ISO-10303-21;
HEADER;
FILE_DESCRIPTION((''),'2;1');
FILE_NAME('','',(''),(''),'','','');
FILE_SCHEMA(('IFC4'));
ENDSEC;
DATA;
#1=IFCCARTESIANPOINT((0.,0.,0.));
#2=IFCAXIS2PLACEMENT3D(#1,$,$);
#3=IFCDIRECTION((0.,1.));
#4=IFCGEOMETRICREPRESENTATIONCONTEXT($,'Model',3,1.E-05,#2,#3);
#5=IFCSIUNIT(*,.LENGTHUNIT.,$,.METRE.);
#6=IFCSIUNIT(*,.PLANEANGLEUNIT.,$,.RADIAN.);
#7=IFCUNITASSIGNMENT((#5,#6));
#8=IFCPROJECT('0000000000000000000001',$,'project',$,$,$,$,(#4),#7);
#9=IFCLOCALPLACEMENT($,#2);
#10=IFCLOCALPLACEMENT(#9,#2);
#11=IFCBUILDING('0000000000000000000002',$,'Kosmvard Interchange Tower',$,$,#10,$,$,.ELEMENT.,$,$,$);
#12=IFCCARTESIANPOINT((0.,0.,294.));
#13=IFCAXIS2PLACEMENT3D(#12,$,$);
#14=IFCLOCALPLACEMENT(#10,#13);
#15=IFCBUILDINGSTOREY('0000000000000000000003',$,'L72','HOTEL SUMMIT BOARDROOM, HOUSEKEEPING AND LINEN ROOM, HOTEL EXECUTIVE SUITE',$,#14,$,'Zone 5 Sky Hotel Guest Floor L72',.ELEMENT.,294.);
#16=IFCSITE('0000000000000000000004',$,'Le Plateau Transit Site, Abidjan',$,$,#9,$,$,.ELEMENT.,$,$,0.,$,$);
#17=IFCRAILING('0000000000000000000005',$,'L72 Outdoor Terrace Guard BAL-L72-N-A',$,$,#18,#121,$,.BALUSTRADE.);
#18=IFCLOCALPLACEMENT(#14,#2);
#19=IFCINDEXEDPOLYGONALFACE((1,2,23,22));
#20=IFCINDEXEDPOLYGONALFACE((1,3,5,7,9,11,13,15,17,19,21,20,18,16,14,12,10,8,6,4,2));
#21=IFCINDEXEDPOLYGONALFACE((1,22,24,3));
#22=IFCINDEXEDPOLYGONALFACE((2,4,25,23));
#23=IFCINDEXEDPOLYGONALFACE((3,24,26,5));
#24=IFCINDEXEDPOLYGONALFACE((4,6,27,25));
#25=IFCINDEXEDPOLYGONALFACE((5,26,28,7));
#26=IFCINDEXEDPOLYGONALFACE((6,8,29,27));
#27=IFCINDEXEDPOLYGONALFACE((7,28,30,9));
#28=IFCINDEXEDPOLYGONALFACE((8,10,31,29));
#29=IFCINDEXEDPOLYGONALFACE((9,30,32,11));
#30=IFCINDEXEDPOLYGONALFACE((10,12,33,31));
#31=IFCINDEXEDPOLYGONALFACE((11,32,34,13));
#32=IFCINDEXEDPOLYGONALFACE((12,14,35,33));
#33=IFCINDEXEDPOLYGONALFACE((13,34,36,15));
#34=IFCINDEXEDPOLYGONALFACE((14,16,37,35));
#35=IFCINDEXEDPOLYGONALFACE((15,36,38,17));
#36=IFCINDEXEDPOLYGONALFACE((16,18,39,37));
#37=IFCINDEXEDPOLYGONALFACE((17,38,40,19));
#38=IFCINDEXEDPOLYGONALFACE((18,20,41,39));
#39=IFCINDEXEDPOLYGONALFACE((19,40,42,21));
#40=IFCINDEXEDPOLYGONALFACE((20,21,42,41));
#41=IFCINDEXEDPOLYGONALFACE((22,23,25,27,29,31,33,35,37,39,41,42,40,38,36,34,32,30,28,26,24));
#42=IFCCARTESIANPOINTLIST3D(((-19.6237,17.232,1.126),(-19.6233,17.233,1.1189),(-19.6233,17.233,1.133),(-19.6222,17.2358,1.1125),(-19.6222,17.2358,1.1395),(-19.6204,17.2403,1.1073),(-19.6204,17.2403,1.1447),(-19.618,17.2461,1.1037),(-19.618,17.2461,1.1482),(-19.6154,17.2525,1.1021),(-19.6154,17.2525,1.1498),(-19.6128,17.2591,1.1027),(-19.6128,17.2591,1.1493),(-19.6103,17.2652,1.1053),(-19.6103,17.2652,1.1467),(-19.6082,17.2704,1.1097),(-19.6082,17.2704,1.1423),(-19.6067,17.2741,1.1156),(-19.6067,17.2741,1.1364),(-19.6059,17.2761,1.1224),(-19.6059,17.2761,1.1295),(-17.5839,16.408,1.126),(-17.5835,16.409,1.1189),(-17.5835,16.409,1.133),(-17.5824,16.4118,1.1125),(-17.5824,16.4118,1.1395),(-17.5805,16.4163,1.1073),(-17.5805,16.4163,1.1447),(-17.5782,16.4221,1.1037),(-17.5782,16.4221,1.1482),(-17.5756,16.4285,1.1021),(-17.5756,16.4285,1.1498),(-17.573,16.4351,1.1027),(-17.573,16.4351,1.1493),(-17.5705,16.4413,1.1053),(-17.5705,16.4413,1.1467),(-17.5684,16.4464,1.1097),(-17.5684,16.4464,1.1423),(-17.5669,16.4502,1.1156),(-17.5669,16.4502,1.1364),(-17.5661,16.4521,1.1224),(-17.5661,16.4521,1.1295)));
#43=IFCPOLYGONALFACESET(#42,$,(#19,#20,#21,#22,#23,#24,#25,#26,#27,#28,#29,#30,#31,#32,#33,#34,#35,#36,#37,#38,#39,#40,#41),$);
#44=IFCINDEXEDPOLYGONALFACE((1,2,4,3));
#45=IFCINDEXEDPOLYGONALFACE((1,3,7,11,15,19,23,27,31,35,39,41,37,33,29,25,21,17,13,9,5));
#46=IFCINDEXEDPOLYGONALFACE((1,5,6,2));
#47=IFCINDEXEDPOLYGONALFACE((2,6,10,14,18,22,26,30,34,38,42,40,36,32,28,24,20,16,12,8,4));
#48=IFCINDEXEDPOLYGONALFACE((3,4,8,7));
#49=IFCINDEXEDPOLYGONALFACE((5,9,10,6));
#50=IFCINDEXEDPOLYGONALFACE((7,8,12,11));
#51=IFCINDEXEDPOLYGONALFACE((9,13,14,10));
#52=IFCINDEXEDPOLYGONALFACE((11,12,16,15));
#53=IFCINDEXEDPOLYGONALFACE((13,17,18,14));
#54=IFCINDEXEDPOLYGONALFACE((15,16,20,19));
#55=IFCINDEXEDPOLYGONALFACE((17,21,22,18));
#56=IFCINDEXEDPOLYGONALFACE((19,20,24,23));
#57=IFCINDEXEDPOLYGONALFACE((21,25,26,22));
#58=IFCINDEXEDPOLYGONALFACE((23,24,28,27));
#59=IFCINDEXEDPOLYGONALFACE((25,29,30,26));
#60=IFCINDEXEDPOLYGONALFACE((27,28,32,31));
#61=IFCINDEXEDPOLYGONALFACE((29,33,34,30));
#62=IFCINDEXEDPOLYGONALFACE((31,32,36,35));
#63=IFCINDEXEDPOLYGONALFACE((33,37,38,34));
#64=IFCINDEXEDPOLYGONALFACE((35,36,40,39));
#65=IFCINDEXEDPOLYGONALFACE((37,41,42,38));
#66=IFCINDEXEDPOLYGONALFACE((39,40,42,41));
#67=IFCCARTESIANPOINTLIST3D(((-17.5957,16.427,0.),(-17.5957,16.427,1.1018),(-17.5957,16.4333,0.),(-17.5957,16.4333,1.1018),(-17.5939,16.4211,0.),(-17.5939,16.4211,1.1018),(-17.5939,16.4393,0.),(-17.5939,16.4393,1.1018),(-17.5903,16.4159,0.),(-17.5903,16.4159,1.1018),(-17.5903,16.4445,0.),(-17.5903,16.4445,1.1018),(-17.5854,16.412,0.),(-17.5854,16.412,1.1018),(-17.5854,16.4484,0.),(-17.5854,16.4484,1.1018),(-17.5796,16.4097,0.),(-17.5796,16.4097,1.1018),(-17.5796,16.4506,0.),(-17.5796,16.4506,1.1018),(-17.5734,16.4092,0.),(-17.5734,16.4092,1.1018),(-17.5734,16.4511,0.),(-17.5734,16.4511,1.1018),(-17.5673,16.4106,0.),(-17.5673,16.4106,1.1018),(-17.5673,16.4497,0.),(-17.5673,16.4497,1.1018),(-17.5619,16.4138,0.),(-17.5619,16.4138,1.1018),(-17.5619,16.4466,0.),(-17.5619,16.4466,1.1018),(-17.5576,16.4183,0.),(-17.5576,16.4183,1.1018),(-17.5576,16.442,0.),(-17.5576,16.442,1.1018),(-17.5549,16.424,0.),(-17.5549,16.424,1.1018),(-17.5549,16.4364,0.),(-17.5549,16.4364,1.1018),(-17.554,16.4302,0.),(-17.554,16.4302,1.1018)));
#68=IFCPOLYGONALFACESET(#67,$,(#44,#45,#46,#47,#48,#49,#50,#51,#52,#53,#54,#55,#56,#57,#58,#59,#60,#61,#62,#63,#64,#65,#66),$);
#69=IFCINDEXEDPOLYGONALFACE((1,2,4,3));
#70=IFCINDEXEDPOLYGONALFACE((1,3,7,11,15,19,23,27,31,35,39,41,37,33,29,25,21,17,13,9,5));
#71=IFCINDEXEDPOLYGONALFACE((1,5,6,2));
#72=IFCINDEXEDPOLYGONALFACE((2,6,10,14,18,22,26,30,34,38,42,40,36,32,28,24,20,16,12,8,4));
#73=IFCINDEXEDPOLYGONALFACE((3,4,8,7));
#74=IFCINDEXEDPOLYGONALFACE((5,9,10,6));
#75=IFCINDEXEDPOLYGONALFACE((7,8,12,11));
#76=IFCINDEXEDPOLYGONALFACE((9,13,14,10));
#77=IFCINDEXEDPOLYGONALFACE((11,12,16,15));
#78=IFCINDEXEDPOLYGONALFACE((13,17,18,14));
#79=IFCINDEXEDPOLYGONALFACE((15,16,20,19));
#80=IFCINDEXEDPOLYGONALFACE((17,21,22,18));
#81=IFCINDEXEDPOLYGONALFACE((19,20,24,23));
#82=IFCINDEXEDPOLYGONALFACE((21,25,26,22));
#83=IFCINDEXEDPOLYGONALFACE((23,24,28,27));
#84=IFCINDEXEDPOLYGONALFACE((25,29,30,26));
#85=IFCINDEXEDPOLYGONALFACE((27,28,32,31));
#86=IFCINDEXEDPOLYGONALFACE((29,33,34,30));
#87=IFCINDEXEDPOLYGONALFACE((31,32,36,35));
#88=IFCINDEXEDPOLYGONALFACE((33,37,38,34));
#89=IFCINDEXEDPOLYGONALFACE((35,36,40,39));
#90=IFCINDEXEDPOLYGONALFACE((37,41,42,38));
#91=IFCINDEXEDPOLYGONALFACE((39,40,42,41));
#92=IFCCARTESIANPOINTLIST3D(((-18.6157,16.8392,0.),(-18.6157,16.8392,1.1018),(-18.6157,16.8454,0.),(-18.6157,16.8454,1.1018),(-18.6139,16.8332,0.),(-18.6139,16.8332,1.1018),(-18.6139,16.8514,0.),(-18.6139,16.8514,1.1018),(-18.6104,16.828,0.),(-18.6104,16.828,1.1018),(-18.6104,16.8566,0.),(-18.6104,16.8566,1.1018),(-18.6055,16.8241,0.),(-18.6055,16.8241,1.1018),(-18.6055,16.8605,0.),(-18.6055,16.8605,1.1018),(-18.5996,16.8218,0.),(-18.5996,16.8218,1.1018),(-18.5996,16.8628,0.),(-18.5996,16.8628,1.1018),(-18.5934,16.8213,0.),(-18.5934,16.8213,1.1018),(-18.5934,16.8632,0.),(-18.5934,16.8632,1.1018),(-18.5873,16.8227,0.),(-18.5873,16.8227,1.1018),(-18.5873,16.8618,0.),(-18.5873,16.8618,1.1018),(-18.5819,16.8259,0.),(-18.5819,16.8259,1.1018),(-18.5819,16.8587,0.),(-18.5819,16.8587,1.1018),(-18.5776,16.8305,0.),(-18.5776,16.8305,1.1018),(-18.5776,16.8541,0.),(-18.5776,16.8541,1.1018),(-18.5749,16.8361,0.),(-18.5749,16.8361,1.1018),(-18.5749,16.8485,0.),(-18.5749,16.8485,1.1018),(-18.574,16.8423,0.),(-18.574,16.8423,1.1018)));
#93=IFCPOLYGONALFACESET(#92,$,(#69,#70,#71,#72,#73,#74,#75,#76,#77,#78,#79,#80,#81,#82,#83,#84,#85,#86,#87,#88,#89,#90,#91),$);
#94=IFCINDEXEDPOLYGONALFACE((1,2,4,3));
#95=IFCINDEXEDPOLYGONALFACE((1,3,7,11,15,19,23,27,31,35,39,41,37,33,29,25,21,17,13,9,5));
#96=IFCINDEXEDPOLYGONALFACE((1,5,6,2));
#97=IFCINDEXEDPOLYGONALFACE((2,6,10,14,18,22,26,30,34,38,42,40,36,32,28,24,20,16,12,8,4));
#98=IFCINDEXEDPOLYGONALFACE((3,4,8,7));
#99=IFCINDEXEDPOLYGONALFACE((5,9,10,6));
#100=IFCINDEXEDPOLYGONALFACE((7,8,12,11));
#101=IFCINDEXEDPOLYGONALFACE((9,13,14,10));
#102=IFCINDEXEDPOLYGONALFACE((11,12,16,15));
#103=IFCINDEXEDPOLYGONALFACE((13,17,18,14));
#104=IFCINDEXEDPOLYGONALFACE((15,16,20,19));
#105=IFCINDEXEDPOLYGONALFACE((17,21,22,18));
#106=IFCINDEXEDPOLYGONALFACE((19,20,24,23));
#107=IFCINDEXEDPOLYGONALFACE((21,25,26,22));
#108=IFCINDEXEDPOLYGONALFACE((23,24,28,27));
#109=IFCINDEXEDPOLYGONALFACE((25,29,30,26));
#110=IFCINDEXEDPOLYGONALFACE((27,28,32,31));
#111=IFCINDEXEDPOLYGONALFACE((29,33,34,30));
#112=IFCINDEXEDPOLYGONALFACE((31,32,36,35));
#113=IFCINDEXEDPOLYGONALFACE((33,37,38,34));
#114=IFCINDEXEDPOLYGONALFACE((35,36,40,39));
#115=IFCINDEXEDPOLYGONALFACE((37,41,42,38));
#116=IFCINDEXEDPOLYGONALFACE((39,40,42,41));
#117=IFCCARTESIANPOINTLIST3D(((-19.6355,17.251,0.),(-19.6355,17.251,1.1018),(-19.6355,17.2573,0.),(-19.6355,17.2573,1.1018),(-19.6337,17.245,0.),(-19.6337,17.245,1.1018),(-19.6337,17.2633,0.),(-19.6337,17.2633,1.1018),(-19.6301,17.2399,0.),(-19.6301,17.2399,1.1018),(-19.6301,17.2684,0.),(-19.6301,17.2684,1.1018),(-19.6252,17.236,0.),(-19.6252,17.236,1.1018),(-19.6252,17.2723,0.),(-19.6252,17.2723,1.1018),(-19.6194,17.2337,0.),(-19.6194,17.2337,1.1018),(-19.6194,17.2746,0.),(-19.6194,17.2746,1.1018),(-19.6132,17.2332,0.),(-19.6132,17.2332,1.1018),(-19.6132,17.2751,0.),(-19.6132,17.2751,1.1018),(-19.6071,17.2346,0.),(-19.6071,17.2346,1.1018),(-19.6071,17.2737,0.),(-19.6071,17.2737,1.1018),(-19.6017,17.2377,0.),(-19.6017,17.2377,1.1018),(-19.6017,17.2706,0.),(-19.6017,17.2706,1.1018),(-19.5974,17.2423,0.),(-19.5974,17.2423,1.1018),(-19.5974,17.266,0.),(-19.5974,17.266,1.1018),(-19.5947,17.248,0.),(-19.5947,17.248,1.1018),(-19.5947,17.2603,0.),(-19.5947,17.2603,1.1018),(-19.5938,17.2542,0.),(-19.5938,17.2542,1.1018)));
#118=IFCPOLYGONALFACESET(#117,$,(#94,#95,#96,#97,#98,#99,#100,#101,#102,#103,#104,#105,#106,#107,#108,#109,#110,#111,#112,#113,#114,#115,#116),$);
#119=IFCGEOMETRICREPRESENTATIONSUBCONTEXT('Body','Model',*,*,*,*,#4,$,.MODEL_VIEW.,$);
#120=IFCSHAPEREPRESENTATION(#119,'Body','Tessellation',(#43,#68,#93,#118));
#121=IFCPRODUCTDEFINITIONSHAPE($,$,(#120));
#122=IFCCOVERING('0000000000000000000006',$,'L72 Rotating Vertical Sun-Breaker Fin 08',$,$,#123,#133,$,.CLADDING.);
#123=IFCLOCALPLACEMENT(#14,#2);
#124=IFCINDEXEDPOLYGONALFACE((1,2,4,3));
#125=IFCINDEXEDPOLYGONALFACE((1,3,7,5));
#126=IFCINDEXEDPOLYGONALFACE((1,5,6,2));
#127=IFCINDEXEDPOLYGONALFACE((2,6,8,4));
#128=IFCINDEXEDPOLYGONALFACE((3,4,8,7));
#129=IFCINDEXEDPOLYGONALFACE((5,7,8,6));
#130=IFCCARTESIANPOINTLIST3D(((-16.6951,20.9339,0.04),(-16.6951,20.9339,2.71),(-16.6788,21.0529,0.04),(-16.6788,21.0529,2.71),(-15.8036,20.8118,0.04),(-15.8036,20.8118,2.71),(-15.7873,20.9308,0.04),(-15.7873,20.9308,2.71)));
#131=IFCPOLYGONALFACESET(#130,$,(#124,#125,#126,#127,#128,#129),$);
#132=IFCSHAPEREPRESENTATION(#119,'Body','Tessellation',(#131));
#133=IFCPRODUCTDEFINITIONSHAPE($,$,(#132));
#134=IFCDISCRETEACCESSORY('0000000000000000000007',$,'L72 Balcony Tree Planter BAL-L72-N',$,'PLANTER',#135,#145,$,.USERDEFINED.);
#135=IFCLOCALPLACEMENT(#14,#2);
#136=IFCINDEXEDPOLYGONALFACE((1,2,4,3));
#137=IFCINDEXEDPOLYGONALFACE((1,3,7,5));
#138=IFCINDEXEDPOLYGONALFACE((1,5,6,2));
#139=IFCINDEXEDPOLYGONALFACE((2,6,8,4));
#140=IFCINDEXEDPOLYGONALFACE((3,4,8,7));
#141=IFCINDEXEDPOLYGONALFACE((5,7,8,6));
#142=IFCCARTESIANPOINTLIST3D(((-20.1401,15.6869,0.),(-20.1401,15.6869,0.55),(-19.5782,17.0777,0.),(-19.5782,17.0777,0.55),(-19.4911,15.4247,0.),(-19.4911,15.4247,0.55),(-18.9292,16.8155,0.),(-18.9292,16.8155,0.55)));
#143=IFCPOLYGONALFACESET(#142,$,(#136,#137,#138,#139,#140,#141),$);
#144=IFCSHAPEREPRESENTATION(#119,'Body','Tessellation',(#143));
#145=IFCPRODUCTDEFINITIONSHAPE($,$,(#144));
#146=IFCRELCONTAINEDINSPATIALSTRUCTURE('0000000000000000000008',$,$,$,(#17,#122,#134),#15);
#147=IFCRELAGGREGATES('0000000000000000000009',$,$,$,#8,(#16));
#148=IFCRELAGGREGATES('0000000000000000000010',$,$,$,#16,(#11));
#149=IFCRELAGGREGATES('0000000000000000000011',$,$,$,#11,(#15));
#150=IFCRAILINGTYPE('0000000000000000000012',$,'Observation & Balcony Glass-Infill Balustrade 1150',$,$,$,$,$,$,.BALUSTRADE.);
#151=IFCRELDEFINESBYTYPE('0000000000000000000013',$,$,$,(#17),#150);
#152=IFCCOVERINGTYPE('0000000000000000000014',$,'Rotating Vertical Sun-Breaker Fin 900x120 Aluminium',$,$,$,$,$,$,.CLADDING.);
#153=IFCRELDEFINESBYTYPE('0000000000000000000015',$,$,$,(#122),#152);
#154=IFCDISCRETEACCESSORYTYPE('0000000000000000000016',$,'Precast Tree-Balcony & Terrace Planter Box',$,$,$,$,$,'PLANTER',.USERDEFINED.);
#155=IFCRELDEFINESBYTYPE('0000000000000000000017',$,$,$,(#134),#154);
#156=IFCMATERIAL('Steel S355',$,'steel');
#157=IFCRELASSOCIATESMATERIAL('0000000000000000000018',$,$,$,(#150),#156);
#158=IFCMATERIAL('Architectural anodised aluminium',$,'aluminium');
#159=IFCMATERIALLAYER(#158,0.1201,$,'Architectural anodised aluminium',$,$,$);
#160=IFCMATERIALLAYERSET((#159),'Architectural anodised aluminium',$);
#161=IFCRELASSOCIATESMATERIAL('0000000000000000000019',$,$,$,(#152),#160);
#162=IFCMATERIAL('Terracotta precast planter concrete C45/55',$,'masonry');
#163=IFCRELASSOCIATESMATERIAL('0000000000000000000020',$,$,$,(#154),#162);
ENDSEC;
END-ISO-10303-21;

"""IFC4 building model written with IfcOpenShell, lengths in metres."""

from ifc_helpers import new_model, si_unit, direction, frame, origin, origin_2d, place, context, subcontext, project, spatial, rectangle, circle, extrude, source, transform, mapped, material, layer, layer_set, type_object, element, save


model = new_model("IFC4")

# Units and contexts
model_context = context("Model", 3, precision=1e-05, world=origin(), true_north=direction((0.0, 1.0)))
body_context = subcontext(model_context, "Body", "Model", "MODEL_VIEW")
ifc_project = project(units=[si_unit("LENGTHUNIT", "METRE"), si_unit("PLANEANGLEUNIT", "RADIAN")], contexts=[model_context])

# Site, building, storey
site_placement = place(None, origin())
site = spatial("IfcSite", under=ifc_project, at=site_placement, Name="Le Plateau Transit Site, Abidjan", CompositionType="ELEMENT", RefElevation=0.0)
building_placement = place(site_placement, origin())
building = spatial("IfcBuilding", under=site, at=building_placement, Name="Kosmvard Interchange Tower", CompositionType="ELEMENT")
storey_placement = place(building_placement, frame((0.0, 0.0, 294.0)))
storey = spatial("IfcBuildingStorey", under=building, at=storey_placement, Name="L72", Description="HOTEL SUMMIT BOARDROOM, HOUSEKEEPING AND LINEN ROOM, HOTEL EXECUTIVE SUITE", LongName="Zone 5 Sky Hotel Guest Floor L72", CompositionType="ELEMENT", Elevation=294.0)

# Shared definitions
ifc_material_1 = material(Name="Steel S355", Category="steel")

# Railing
railing_type = type_object("IfcRailingType", Name="Observation & Balcony Glass-Infill Balustrade 1150", PredefinedType="BALUSTRADE", material=ifc_material_1)
shared_shape_1 = source(origin(), body_context, "Body", "SweptSolid", [
    extrude(circle(Radius=0.0239, at=origin_2d()), frame((0.0, 0.0, 1.126), z_axis=(-0.927208, 0.374546, 0.0), x_axis=(-0.374546, -0.927208, 0.0)), (0.0, 0.0, 1.0), 2.2),
    extrude(circle(Radius=0.021, at=origin_2d()), origin(), (0.0, 0.0, 1.0), 1.1018),
    extrude(circle(Radius=0.021, at=origin_2d()), frame((-1.02, 0.4121, 0.0)), (0.0, 0.0, 1.0), 1.1018),
    extrude(circle(Radius=0.021, at=origin_2d()), frame((-2.0398, 0.824, 0.0)), (0.0, 0.0, 1.0), 1.1018),
])
railing_1_placement = place(storey_placement, frame((-17.575, 16.4302, 0.0)))
element("IfcRailing", 1, at=railing_1_placement, inside=storey, type_object=railing_type, Name="L72 Outdoor Terrace Guard BAL-L72-N-A", PredefinedType="BALUSTRADE", context=body_context, shape_type="MappedRepresentation", body=[
    mapped(shared_shape_1, transform((0.0, 0.0, 0.0), scale=1.0)),
])

# Covering
ifc_material_2 = material(Name="Architectural anodised aluminium", Category="aluminium")
ifc_layer_1 = layer(ifc_material_2, 0.1201, Name="Architectural anodised aluminium")
ifc_layer_set_1 = layer_set([ifc_layer_1], Name="Architectural anodised aluminium")
covering_type = type_object("IfcCoveringType", Name="Rotating Vertical Sun-Breaker Fin 900x120 Aluminium", PredefinedType="CLADDING", material=ifc_layer_set_1)
shared_shape_2 = source(origin(), body_context, "Body", "SweptSolid", [
    extrude(rectangle(XDim=0.8999, YDim=0.1201, at=origin_2d()), origin(), (0.0, 0.0, 1.0), 2.6699),
])
covering_placement = place(storey_placement, frame((-16.2412, 20.9324, 0.04), z_axis=(0.0, 0.0, 1.0), x_axis=(-0.990748, 0.135716, 0.0)))
element("IfcCovering", 2, at=covering_placement, inside=storey, type_object=covering_type, Name="L72 Rotating Vertical Sun-Breaker Fin 08", PredefinedType="CLADDING", context=body_context, shape_type="MappedRepresentation", body=[
    mapped(shared_shape_2, transform((0.0, 0.0, 0.0), scale=1.0)),
])

# Discrete accessory
ifc_material_3 = material(Name="Terracotta precast planter concrete C45/55", Category="masonry")
discrete_accessory_type = type_object("IfcDiscreteAccessoryType", Name="Precast Tree-Balcony & Terrace Planter Box", ElementType="PLANTER", PredefinedType="USERDEFINED", material=ifc_material_3)
shared_shape_3 = source(origin(), body_context, "Body", "SweptSolid", [
    extrude(rectangle(XDim=1.5, YDim=0.7, at=origin_2d()), origin(), (0.0, 0.0, 1.0), 0.55),
])
discrete_accessory_placement = place(storey_placement, frame((-19.5347, 16.2512, 0.0), z_axis=(0.0, 0.0, 1.0), x_axis=(0.374607, 0.927184, 0.0)))
element("IfcDiscreteAccessory", 3, at=discrete_accessory_placement, inside=storey, type_object=discrete_accessory_type, Name="L72 Balcony Tree Planter BAL-L72-N", ObjectType="PLANTER", PredefinedType="USERDEFINED", context=body_context, shape_type="MappedRepresentation", body=[
    mapped(shared_shape_3, transform((0.0, 0.0, 0.0), scale=1.0)),
])

save(model, "model.ifc")
